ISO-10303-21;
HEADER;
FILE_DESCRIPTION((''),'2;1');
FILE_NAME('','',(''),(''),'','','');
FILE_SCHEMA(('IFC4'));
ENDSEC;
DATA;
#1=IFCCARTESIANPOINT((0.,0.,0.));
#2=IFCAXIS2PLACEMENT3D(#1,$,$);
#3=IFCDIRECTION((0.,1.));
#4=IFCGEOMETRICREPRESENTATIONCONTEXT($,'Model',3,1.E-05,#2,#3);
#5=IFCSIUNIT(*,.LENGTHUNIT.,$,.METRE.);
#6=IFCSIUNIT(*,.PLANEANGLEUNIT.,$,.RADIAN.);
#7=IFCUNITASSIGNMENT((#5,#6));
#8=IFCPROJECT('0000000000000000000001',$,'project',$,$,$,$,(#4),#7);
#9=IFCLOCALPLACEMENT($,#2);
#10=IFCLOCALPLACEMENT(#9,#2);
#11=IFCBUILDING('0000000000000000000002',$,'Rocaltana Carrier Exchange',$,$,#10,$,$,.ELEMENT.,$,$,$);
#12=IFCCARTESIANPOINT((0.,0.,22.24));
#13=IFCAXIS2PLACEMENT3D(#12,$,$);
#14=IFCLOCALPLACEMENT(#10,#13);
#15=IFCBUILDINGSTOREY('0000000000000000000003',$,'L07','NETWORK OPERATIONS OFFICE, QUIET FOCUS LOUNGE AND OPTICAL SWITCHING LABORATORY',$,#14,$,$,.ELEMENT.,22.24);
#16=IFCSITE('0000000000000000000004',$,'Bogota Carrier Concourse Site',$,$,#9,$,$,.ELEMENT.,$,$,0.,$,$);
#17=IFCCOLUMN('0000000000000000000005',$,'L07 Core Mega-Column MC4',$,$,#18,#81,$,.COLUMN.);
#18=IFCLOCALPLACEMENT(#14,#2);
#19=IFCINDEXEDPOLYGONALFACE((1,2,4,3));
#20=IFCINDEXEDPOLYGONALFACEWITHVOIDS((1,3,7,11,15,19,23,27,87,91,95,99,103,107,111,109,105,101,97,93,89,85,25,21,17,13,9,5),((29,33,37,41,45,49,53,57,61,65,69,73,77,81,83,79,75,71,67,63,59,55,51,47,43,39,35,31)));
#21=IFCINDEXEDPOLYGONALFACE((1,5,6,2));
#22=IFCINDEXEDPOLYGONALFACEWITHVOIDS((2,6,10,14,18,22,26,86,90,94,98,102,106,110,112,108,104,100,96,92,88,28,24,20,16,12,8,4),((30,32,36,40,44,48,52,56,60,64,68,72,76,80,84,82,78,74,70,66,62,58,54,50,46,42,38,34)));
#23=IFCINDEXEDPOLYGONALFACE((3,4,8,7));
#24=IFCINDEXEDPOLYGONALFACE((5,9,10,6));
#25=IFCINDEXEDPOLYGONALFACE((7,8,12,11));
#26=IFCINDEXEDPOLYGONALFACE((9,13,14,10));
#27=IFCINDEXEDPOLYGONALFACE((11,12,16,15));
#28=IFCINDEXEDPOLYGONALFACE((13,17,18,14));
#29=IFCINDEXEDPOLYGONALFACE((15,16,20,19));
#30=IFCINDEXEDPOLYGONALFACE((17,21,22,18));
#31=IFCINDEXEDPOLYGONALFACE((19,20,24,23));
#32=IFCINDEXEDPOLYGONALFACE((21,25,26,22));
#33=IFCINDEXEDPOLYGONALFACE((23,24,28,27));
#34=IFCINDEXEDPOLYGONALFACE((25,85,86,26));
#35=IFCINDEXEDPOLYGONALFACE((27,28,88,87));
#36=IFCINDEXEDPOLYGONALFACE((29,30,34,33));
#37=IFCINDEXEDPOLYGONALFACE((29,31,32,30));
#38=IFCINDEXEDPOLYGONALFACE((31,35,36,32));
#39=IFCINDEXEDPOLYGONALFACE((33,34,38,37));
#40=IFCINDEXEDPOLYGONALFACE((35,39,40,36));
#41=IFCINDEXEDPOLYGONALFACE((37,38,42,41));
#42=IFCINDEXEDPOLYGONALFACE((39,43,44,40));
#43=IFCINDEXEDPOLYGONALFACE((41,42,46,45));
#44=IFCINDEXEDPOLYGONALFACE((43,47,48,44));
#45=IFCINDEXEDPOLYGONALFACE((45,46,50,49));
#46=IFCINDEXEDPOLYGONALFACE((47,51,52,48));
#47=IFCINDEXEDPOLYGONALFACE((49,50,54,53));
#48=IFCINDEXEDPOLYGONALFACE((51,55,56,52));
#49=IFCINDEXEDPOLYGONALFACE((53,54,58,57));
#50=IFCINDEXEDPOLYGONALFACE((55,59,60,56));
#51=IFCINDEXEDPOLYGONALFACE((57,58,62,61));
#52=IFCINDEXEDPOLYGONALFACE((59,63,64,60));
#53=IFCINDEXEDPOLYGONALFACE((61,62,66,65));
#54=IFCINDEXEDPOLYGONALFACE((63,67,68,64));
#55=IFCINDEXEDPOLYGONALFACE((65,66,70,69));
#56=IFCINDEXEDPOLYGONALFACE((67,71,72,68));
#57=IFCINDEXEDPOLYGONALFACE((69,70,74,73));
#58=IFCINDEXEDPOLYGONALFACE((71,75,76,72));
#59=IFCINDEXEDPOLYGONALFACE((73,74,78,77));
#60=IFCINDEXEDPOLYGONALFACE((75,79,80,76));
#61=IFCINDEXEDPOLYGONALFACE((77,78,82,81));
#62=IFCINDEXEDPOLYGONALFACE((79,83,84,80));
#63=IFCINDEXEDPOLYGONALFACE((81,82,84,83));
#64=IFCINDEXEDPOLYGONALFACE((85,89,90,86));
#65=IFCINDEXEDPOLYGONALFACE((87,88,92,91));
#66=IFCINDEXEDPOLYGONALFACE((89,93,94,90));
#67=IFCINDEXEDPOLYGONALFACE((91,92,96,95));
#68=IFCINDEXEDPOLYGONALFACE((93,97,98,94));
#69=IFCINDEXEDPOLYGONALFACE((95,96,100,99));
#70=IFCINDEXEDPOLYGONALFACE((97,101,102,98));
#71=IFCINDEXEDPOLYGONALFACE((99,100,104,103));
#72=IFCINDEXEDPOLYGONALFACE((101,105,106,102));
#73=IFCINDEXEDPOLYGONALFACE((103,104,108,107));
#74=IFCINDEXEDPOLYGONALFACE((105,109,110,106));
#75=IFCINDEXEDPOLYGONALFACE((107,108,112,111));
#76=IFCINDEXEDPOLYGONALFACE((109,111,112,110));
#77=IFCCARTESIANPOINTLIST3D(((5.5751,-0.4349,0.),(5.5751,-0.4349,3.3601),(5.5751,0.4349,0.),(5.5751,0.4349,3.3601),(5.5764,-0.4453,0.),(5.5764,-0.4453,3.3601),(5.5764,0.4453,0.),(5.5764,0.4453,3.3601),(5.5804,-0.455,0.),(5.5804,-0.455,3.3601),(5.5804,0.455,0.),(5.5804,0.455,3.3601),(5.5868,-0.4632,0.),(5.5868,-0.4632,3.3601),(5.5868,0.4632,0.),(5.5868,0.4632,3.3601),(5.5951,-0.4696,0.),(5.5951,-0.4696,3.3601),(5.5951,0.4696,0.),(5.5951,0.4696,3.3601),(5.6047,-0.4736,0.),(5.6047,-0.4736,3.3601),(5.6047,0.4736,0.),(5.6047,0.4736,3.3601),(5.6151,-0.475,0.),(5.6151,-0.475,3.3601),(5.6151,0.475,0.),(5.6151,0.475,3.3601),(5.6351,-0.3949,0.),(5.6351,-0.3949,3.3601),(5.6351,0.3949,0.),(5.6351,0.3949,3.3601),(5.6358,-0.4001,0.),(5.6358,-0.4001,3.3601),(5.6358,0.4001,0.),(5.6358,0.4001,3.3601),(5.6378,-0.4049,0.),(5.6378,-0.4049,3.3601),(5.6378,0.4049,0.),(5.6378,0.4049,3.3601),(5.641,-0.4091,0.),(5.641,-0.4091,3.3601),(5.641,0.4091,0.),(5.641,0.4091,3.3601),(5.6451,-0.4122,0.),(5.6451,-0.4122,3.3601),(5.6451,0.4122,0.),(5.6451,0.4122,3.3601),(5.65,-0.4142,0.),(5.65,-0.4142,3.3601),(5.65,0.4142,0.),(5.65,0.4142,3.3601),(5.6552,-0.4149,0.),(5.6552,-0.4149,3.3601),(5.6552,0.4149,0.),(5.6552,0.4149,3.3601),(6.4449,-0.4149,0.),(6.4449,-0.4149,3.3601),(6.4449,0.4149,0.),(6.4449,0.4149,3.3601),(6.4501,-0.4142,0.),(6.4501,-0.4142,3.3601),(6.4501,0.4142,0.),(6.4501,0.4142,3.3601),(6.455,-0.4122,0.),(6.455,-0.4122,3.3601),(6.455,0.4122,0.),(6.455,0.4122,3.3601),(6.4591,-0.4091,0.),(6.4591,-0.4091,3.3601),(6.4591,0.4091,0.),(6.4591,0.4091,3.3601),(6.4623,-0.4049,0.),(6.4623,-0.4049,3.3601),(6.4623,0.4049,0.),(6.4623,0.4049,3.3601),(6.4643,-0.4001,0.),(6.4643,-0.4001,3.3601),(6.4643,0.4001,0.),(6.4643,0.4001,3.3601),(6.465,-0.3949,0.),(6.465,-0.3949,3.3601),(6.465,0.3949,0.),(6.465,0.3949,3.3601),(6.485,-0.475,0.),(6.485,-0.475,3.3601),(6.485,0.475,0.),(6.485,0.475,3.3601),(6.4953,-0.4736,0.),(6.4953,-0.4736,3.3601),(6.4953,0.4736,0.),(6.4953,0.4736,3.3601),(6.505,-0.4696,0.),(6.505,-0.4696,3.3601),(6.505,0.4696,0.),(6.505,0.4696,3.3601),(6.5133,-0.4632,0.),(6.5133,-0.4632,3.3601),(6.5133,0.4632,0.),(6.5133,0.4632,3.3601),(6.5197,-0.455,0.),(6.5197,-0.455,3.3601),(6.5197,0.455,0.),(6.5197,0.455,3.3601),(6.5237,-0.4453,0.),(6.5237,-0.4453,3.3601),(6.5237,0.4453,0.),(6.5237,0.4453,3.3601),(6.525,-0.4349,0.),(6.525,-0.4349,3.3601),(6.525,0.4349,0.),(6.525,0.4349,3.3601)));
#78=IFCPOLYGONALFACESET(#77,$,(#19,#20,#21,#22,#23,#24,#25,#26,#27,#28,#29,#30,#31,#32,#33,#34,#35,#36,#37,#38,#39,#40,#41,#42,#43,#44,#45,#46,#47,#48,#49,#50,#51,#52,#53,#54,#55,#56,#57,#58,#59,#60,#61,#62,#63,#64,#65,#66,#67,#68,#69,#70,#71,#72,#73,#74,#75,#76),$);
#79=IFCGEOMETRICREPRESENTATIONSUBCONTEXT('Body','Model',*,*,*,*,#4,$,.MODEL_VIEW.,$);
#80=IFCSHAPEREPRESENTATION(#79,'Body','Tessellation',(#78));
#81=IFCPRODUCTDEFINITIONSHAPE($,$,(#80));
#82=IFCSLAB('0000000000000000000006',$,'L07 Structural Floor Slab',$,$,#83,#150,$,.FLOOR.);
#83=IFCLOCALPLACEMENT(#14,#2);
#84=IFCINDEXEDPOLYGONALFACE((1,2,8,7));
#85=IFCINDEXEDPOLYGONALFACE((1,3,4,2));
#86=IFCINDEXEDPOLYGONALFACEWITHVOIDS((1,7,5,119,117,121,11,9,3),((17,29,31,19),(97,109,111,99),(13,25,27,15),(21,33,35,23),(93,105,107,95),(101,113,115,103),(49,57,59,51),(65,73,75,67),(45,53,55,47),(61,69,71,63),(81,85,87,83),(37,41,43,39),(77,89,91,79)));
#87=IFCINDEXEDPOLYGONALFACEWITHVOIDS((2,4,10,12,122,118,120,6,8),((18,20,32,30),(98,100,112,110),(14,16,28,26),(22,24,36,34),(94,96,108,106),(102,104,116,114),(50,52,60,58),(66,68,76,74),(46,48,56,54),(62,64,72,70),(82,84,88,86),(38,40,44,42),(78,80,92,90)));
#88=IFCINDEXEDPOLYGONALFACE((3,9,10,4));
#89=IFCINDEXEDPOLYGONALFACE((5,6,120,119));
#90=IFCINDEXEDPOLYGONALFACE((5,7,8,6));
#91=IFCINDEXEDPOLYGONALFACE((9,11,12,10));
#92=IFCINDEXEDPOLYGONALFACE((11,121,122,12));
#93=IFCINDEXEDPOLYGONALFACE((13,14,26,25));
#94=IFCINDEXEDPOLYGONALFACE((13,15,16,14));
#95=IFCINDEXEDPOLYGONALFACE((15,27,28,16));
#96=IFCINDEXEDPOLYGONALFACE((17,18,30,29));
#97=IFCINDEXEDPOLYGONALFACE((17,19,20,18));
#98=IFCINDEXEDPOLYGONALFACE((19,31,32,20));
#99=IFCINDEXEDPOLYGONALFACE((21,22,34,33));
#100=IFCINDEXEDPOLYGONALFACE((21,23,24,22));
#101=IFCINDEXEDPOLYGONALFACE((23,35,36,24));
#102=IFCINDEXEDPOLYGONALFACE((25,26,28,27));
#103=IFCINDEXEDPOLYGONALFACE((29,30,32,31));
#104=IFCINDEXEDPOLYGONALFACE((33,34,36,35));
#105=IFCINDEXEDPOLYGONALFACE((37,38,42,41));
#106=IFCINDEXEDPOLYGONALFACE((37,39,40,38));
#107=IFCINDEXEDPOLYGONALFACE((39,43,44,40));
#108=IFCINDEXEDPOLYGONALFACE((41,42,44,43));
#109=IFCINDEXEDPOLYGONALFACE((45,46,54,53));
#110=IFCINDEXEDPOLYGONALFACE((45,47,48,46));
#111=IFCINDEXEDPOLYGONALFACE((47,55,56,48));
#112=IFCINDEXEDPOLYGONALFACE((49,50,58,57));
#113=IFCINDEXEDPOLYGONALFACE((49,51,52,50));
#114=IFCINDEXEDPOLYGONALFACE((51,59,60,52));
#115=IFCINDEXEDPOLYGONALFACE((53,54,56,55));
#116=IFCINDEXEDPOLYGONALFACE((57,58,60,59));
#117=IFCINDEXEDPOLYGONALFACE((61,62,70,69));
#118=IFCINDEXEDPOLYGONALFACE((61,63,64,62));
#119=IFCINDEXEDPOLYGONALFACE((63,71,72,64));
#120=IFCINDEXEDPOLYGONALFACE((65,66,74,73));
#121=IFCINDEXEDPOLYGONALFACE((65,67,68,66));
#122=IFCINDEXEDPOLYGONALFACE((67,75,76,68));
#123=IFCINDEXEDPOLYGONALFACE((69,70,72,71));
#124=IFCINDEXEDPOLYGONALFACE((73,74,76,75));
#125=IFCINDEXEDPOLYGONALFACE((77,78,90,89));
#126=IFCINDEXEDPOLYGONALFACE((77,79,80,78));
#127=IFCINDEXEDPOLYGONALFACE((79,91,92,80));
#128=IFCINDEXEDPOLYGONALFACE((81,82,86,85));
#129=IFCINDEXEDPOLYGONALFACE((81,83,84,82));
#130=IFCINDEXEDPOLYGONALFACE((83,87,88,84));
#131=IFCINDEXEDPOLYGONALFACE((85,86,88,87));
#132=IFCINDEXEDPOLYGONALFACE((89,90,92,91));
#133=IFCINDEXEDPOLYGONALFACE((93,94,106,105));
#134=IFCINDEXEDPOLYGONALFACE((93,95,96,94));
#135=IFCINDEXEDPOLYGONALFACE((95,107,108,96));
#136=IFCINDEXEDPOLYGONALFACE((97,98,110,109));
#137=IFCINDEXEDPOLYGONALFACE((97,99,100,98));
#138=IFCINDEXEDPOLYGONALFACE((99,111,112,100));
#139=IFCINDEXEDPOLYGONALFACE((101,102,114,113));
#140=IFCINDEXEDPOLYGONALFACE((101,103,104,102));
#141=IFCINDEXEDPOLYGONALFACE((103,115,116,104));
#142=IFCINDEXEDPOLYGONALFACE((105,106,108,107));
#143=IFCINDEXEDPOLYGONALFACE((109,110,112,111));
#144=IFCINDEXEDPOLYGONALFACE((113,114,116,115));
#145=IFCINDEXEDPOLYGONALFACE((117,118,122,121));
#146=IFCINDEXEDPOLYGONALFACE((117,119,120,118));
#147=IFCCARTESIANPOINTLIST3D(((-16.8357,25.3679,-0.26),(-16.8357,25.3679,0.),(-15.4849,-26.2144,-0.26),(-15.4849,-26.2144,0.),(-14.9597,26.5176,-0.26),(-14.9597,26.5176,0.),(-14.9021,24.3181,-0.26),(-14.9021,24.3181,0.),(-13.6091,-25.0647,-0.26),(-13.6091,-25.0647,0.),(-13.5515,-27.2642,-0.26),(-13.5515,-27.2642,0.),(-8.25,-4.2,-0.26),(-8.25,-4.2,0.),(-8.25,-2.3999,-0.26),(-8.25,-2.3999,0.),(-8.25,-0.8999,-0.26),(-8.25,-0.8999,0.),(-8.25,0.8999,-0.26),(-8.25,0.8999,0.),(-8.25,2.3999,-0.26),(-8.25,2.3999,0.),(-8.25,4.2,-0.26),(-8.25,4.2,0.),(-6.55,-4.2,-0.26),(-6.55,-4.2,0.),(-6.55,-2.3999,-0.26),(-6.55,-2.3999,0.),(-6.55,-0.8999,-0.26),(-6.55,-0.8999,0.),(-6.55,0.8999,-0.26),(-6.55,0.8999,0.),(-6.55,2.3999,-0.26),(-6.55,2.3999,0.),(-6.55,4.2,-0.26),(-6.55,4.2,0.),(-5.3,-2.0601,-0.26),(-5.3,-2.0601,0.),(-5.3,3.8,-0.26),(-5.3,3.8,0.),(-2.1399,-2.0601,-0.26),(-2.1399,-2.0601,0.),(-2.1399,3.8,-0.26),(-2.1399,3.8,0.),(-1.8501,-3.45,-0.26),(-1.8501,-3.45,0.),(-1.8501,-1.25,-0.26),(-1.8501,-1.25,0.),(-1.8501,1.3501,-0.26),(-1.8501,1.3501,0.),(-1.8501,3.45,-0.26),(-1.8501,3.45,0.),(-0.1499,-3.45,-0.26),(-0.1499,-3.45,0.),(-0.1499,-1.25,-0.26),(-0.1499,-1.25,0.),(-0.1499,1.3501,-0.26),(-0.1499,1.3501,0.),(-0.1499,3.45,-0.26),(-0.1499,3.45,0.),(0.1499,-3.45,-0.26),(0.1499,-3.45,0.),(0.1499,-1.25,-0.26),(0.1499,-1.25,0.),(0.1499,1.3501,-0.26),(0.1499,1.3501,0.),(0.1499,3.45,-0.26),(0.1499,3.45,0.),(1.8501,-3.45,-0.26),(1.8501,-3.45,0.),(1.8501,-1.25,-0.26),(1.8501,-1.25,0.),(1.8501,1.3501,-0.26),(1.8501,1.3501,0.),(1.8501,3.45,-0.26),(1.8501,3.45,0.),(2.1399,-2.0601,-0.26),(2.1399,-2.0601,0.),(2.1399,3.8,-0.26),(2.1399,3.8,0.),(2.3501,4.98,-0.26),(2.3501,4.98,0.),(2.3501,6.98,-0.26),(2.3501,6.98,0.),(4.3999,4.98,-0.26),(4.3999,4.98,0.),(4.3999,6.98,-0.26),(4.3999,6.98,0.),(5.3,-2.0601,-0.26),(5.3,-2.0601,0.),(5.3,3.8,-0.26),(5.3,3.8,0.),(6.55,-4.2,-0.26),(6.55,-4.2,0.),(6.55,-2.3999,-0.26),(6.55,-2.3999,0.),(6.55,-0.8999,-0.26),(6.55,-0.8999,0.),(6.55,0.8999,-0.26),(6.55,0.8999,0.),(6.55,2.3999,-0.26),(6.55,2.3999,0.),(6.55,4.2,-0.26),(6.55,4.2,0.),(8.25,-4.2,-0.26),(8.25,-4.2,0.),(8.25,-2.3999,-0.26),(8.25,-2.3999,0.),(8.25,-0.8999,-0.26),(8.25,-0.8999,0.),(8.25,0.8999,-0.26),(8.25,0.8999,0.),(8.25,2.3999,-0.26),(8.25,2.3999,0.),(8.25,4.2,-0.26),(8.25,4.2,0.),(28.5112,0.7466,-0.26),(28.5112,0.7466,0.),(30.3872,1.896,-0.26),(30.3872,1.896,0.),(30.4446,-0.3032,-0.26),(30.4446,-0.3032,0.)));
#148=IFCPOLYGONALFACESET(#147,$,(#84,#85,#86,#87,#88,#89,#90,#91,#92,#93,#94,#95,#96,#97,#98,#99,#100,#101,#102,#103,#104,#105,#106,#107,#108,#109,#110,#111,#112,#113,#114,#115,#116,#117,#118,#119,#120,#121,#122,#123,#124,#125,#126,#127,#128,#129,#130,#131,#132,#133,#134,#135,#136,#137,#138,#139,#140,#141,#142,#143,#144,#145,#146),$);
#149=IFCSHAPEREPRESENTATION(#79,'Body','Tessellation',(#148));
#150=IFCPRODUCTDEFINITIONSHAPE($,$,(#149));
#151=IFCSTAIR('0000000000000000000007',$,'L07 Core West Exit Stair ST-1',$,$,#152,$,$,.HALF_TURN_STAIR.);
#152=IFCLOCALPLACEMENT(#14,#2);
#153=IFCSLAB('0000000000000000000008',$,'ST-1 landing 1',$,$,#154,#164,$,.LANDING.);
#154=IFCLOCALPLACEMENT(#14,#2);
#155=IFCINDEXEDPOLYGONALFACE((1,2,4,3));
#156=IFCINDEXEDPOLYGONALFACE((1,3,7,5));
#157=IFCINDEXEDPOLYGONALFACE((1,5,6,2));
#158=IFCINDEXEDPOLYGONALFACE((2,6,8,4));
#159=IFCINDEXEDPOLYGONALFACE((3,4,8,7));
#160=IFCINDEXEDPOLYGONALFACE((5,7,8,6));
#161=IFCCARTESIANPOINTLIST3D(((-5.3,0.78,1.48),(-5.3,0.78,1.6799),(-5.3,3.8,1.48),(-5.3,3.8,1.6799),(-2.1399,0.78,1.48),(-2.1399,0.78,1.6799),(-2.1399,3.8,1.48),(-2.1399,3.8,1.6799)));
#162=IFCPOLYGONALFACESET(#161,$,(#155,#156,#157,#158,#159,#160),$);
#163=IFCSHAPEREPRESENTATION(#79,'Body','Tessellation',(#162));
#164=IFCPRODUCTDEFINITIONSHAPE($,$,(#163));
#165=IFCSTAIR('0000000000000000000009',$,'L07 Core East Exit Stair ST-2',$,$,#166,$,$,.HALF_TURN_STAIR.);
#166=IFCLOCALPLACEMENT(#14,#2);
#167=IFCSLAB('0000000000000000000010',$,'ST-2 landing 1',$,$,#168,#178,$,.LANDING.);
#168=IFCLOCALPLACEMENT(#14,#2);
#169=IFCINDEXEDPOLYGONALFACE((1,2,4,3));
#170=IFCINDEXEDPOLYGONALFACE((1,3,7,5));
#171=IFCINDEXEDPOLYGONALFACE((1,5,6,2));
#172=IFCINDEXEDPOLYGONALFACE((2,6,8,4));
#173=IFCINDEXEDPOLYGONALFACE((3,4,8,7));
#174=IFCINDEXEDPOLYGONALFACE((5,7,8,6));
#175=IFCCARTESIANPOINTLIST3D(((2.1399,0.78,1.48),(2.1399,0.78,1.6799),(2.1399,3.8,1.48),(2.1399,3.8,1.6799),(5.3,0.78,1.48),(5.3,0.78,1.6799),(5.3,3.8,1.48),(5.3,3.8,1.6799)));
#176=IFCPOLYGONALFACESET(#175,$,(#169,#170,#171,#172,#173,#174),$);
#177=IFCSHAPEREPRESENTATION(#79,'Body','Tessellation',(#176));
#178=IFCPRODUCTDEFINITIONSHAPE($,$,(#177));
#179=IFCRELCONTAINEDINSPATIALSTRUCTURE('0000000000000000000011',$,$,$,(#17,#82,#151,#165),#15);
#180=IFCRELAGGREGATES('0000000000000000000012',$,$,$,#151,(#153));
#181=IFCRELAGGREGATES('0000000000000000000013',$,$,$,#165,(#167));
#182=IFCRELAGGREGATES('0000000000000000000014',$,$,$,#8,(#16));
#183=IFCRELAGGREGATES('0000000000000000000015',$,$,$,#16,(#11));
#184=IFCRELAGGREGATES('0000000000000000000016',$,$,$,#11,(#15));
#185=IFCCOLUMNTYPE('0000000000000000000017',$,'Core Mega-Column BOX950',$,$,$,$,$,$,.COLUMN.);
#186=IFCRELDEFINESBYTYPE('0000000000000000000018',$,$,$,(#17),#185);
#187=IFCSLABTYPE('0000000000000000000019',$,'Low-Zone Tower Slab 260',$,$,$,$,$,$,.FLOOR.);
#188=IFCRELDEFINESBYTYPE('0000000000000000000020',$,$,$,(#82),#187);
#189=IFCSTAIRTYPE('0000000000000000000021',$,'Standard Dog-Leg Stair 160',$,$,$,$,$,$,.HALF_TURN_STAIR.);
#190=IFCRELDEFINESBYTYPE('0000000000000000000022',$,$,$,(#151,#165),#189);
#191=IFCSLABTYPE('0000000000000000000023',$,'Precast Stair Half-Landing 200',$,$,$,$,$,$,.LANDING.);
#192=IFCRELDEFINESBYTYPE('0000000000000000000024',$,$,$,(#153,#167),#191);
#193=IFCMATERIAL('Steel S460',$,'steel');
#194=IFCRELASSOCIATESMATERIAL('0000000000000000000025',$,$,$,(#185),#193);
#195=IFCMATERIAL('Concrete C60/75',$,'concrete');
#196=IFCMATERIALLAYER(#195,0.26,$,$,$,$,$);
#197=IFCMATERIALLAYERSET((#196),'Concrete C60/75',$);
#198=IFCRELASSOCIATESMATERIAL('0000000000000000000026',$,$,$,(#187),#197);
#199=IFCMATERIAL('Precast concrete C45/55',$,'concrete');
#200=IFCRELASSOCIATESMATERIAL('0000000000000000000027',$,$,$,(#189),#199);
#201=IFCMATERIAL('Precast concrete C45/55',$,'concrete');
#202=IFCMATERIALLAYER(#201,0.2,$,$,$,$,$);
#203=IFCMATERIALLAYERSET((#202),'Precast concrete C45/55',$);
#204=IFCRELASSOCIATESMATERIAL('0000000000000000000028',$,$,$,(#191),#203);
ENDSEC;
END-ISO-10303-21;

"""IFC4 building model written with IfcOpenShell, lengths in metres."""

from ifc_helpers import new_model, si_unit, direction, frame, origin, origin_2d, place, context, subcontext, project, spatial, polyline, hollow_rectangle, outline, extrude, material, layer, layer_set, material_profile, profile_set, type_object, element, aggregate, save


model = new_model("IFC4")

# Units and contexts
model_context = context("Model", 3, precision=1e-05, world=origin(), true_north=direction((0.0, 1.0)))
body_context = subcontext(model_context, "Body", "Model", "MODEL_VIEW")
ifc_project = project(units=[si_unit("LENGTHUNIT", "METRE"), si_unit("PLANEANGLEUNIT", "RADIAN")], contexts=[model_context])

# Site, building, storey
site_placement = place(None, origin())
site = spatial("IfcSite", under=ifc_project, at=site_placement, Name="Bogota Carrier Concourse Site", CompositionType="ELEMENT", RefElevation=0.0)
building_placement = place(site_placement, origin())
building = spatial("IfcBuilding", under=site, at=building_placement, Name="Rocaltana Carrier Exchange", CompositionType="ELEMENT")
storey_placement = place(building_placement, frame((0.0, 0.0, 22.24)))
storey = spatial("IfcBuildingStorey", under=building, at=storey_placement, Name="L07", Description="NETWORK OPERATIONS OFFICE, QUIET FOCUS LOUNGE AND OPTICAL SWITCHING LABORATORY", CompositionType="ELEMENT", Elevation=22.24)

# Column
ifc_material_1 = material(Name="Steel S460", Category="steel")
ifc_material_profile = material_profile(ifc_material_1, hollow_rectangle(XDim=0.95, YDim=0.95, WallThickness=0.0601, InnerFilletRadius=0.02, OuterFilletRadius=0.04, at=origin_2d()), Name="BOX950X950X60")
ifc_profile_set = profile_set([ifc_material_profile], Name="Steel S460")
column_type = type_object("IfcColumnType", Name="Core Mega-Column BOX950", PredefinedType="COLUMN", material=ifc_profile_set)
column_placement = place(storey_placement, frame((6.05, 0.0, 0.0), z_axis=(0.0, 0.0, 1.0), x_axis=(1.0, 0.0, 0.0)))
element("IfcColumn", 1, at=column_placement, inside=storey, type_object=column_type, Name="L07 Core Mega-Column MC4", PredefinedType="COLUMN", context=body_context, shape_type="SweptSolid", body=[
    extrude(hollow_rectangle(XDim=0.95, YDim=0.95, WallThickness=0.0601, InnerFilletRadius=0.02, OuterFilletRadius=0.04, at=origin_2d()), origin(), (0.0, 0.0, 1.0), 3.3601),
])

# Slab
ifc_material_2 = material(Name="Concrete C60/75", Category="concrete")
ifc_layer_1 = layer(ifc_material_2, 0.26)
ifc_layer_set_1 = layer_set([ifc_layer_1], Name="Concrete C60/75")
slab_type_1 = type_object("IfcSlabType", Name="Low-Zone Tower Slab 260", PredefinedType="FLOOR", material=ifc_layer_set_1)
slab_1_placement = place(storey_placement, frame((0.0, 0.0, -0.26)))
element("IfcSlab", 2, at=slab_1_placement, inside=storey, type_object=slab_type_1, Name="L07 Structural Floor Slab", PredefinedType="FLOOR", context=body_context, shape_type="SweptSolid", body=[
    extrude(outline(polyline([(30.4446, -0.3032), (28.5112, 0.7466), (30.3872, 1.896), (-14.9597, 26.5176), (-14.9021, 24.3181), (-16.8357, 25.3679), (-15.4849, -26.2144), (-13.6091, -25.0647), (-13.5515, -27.2642), (30.4446, -0.3032)]), holes=[polyline([(-5.3, -2.0601), (-2.1399, -2.0601), (-2.1399, 3.8), (-5.3, 3.8), (-5.3, -2.0601)]), polyline([(2.1399, -2.0601), (5.3, -2.0601), (5.3, 3.8), (2.1399, 3.8), (2.1399, -2.0601)]), polyline([(-1.8501, -3.45), (-0.1499, -3.45), (-0.1499, -1.25), (-1.8501, -1.25), (-1.8501, -3.45)]), polyline([(0.1499, -3.45), (1.8501, -3.45), (1.8501, -1.25), (0.1499, -1.25), (0.1499, -3.45)]), polyline([(2.3501, 4.98), (4.3999, 4.98), (4.3999, 6.98), (2.3501, 6.98), (2.3501, 4.98)]), polyline([(-1.8501, 1.3501), (-0.1499, 1.3501), (-0.1499, 3.45), (-1.8501, 3.45), (-1.8501, 1.3501)]), polyline([(0.1499, 1.3501), (1.8501, 1.3501), (1.8501, 3.45), (0.1499, 3.45), (0.1499, 1.3501)]), polyline([(-8.25, -4.2), (-6.55, -4.2), (-6.55, -2.3999), (-8.25, -2.3999), (-8.25, -4.2)]), polyline([(-8.25, -0.8999), (-6.55, -0.8999), (-6.55, 0.8999), (-8.25, 0.8999), (-8.25, -0.8999)]), polyline([(-8.25, 2.3999), (-6.55, 2.3999), (-6.55, 4.2), (-8.25, 4.2), (-8.25, 2.3999)]), polyline([(6.55, -4.2), (8.25, -4.2), (8.25, -2.3999), (6.55, -2.3999), (6.55, -4.2)]), polyline([(6.55, -0.8999), (8.25, -0.8999), (8.25, 0.8999), (6.55, 0.8999), (6.55, -0.8999)]), polyline([(6.55, 2.3999), (8.25, 2.3999), (8.25, 4.2), (6.55, 4.2), (6.55, 2.3999)])]), origin(), (0.0, 0.0, 1.0), 0.26),
])

# Stairs, slabs
ifc_material_3 = material(Name="Precast concrete C45/55", Category="concrete")
stair_type = type_object("IfcStairType", Name="Standard Dog-Leg Stair 160", PredefinedType="HALF_TURN_STAIR", material=ifc_material_3)
stair_1_placement = place(storey_placement, origin())
stair_1 = element("IfcStair", 3, at=stair_1_placement, inside=storey, type_object=stair_type, Name="L07 Core West Exit Stair ST-1", PredefinedType="HALF_TURN_STAIR")
ifc_material_4 = material(Name="Precast concrete C45/55", Category="concrete")
ifc_layer_2 = layer(ifc_material_4, 0.2)
ifc_layer_set_2 = layer_set([ifc_layer_2], Name="Precast concrete C45/55")
slab_type_2 = type_object("IfcSlabType", Name="Precast Stair Half-Landing 200", PredefinedType="LANDING", material=ifc_layer_set_2)
slab_2_placement = place(storey_placement, frame((0.0, 0.0, 1.48)))
slab_2 = element("IfcSlab", 4, at=slab_2_placement, type_object=slab_type_2, Name="ST-1 landing 1", PredefinedType="LANDING", context=body_context, shape_type="SweptSolid", body=[
    extrude(outline(polyline([(-2.1399, 0.78), (-2.1399, 3.8), (-5.3, 3.8), (-5.3, 0.78), (-2.1399, 0.78)])), origin(), (0.0, 0.0, 1.0), 0.2),
])
aggregate(stair_1, [slab_2])
stair_2_placement = place(storey_placement, origin())
stair_2 = element("IfcStair", 5, at=stair_2_placement, inside=storey, type_object=stair_type, Name="L07 Core East Exit Stair ST-2", PredefinedType="HALF_TURN_STAIR")
slab_3_placement = place(storey_placement, frame((0.0, 0.0, 1.48)))
slab_3 = element("IfcSlab", 6, at=slab_3_placement, type_object=slab_type_2, Name="ST-2 landing 1", PredefinedType="LANDING", context=body_context, shape_type="SweptSolid", body=[
    extrude(outline(polyline([(5.3, 0.78), (5.3, 3.8), (2.1399, 3.8), (2.1399, 0.78), (5.3, 0.78)])), origin(), (0.0, 0.0, 1.0), 0.2),
])

aggregate(stair_2, [slab_3])

save(model, "model.ifc")
